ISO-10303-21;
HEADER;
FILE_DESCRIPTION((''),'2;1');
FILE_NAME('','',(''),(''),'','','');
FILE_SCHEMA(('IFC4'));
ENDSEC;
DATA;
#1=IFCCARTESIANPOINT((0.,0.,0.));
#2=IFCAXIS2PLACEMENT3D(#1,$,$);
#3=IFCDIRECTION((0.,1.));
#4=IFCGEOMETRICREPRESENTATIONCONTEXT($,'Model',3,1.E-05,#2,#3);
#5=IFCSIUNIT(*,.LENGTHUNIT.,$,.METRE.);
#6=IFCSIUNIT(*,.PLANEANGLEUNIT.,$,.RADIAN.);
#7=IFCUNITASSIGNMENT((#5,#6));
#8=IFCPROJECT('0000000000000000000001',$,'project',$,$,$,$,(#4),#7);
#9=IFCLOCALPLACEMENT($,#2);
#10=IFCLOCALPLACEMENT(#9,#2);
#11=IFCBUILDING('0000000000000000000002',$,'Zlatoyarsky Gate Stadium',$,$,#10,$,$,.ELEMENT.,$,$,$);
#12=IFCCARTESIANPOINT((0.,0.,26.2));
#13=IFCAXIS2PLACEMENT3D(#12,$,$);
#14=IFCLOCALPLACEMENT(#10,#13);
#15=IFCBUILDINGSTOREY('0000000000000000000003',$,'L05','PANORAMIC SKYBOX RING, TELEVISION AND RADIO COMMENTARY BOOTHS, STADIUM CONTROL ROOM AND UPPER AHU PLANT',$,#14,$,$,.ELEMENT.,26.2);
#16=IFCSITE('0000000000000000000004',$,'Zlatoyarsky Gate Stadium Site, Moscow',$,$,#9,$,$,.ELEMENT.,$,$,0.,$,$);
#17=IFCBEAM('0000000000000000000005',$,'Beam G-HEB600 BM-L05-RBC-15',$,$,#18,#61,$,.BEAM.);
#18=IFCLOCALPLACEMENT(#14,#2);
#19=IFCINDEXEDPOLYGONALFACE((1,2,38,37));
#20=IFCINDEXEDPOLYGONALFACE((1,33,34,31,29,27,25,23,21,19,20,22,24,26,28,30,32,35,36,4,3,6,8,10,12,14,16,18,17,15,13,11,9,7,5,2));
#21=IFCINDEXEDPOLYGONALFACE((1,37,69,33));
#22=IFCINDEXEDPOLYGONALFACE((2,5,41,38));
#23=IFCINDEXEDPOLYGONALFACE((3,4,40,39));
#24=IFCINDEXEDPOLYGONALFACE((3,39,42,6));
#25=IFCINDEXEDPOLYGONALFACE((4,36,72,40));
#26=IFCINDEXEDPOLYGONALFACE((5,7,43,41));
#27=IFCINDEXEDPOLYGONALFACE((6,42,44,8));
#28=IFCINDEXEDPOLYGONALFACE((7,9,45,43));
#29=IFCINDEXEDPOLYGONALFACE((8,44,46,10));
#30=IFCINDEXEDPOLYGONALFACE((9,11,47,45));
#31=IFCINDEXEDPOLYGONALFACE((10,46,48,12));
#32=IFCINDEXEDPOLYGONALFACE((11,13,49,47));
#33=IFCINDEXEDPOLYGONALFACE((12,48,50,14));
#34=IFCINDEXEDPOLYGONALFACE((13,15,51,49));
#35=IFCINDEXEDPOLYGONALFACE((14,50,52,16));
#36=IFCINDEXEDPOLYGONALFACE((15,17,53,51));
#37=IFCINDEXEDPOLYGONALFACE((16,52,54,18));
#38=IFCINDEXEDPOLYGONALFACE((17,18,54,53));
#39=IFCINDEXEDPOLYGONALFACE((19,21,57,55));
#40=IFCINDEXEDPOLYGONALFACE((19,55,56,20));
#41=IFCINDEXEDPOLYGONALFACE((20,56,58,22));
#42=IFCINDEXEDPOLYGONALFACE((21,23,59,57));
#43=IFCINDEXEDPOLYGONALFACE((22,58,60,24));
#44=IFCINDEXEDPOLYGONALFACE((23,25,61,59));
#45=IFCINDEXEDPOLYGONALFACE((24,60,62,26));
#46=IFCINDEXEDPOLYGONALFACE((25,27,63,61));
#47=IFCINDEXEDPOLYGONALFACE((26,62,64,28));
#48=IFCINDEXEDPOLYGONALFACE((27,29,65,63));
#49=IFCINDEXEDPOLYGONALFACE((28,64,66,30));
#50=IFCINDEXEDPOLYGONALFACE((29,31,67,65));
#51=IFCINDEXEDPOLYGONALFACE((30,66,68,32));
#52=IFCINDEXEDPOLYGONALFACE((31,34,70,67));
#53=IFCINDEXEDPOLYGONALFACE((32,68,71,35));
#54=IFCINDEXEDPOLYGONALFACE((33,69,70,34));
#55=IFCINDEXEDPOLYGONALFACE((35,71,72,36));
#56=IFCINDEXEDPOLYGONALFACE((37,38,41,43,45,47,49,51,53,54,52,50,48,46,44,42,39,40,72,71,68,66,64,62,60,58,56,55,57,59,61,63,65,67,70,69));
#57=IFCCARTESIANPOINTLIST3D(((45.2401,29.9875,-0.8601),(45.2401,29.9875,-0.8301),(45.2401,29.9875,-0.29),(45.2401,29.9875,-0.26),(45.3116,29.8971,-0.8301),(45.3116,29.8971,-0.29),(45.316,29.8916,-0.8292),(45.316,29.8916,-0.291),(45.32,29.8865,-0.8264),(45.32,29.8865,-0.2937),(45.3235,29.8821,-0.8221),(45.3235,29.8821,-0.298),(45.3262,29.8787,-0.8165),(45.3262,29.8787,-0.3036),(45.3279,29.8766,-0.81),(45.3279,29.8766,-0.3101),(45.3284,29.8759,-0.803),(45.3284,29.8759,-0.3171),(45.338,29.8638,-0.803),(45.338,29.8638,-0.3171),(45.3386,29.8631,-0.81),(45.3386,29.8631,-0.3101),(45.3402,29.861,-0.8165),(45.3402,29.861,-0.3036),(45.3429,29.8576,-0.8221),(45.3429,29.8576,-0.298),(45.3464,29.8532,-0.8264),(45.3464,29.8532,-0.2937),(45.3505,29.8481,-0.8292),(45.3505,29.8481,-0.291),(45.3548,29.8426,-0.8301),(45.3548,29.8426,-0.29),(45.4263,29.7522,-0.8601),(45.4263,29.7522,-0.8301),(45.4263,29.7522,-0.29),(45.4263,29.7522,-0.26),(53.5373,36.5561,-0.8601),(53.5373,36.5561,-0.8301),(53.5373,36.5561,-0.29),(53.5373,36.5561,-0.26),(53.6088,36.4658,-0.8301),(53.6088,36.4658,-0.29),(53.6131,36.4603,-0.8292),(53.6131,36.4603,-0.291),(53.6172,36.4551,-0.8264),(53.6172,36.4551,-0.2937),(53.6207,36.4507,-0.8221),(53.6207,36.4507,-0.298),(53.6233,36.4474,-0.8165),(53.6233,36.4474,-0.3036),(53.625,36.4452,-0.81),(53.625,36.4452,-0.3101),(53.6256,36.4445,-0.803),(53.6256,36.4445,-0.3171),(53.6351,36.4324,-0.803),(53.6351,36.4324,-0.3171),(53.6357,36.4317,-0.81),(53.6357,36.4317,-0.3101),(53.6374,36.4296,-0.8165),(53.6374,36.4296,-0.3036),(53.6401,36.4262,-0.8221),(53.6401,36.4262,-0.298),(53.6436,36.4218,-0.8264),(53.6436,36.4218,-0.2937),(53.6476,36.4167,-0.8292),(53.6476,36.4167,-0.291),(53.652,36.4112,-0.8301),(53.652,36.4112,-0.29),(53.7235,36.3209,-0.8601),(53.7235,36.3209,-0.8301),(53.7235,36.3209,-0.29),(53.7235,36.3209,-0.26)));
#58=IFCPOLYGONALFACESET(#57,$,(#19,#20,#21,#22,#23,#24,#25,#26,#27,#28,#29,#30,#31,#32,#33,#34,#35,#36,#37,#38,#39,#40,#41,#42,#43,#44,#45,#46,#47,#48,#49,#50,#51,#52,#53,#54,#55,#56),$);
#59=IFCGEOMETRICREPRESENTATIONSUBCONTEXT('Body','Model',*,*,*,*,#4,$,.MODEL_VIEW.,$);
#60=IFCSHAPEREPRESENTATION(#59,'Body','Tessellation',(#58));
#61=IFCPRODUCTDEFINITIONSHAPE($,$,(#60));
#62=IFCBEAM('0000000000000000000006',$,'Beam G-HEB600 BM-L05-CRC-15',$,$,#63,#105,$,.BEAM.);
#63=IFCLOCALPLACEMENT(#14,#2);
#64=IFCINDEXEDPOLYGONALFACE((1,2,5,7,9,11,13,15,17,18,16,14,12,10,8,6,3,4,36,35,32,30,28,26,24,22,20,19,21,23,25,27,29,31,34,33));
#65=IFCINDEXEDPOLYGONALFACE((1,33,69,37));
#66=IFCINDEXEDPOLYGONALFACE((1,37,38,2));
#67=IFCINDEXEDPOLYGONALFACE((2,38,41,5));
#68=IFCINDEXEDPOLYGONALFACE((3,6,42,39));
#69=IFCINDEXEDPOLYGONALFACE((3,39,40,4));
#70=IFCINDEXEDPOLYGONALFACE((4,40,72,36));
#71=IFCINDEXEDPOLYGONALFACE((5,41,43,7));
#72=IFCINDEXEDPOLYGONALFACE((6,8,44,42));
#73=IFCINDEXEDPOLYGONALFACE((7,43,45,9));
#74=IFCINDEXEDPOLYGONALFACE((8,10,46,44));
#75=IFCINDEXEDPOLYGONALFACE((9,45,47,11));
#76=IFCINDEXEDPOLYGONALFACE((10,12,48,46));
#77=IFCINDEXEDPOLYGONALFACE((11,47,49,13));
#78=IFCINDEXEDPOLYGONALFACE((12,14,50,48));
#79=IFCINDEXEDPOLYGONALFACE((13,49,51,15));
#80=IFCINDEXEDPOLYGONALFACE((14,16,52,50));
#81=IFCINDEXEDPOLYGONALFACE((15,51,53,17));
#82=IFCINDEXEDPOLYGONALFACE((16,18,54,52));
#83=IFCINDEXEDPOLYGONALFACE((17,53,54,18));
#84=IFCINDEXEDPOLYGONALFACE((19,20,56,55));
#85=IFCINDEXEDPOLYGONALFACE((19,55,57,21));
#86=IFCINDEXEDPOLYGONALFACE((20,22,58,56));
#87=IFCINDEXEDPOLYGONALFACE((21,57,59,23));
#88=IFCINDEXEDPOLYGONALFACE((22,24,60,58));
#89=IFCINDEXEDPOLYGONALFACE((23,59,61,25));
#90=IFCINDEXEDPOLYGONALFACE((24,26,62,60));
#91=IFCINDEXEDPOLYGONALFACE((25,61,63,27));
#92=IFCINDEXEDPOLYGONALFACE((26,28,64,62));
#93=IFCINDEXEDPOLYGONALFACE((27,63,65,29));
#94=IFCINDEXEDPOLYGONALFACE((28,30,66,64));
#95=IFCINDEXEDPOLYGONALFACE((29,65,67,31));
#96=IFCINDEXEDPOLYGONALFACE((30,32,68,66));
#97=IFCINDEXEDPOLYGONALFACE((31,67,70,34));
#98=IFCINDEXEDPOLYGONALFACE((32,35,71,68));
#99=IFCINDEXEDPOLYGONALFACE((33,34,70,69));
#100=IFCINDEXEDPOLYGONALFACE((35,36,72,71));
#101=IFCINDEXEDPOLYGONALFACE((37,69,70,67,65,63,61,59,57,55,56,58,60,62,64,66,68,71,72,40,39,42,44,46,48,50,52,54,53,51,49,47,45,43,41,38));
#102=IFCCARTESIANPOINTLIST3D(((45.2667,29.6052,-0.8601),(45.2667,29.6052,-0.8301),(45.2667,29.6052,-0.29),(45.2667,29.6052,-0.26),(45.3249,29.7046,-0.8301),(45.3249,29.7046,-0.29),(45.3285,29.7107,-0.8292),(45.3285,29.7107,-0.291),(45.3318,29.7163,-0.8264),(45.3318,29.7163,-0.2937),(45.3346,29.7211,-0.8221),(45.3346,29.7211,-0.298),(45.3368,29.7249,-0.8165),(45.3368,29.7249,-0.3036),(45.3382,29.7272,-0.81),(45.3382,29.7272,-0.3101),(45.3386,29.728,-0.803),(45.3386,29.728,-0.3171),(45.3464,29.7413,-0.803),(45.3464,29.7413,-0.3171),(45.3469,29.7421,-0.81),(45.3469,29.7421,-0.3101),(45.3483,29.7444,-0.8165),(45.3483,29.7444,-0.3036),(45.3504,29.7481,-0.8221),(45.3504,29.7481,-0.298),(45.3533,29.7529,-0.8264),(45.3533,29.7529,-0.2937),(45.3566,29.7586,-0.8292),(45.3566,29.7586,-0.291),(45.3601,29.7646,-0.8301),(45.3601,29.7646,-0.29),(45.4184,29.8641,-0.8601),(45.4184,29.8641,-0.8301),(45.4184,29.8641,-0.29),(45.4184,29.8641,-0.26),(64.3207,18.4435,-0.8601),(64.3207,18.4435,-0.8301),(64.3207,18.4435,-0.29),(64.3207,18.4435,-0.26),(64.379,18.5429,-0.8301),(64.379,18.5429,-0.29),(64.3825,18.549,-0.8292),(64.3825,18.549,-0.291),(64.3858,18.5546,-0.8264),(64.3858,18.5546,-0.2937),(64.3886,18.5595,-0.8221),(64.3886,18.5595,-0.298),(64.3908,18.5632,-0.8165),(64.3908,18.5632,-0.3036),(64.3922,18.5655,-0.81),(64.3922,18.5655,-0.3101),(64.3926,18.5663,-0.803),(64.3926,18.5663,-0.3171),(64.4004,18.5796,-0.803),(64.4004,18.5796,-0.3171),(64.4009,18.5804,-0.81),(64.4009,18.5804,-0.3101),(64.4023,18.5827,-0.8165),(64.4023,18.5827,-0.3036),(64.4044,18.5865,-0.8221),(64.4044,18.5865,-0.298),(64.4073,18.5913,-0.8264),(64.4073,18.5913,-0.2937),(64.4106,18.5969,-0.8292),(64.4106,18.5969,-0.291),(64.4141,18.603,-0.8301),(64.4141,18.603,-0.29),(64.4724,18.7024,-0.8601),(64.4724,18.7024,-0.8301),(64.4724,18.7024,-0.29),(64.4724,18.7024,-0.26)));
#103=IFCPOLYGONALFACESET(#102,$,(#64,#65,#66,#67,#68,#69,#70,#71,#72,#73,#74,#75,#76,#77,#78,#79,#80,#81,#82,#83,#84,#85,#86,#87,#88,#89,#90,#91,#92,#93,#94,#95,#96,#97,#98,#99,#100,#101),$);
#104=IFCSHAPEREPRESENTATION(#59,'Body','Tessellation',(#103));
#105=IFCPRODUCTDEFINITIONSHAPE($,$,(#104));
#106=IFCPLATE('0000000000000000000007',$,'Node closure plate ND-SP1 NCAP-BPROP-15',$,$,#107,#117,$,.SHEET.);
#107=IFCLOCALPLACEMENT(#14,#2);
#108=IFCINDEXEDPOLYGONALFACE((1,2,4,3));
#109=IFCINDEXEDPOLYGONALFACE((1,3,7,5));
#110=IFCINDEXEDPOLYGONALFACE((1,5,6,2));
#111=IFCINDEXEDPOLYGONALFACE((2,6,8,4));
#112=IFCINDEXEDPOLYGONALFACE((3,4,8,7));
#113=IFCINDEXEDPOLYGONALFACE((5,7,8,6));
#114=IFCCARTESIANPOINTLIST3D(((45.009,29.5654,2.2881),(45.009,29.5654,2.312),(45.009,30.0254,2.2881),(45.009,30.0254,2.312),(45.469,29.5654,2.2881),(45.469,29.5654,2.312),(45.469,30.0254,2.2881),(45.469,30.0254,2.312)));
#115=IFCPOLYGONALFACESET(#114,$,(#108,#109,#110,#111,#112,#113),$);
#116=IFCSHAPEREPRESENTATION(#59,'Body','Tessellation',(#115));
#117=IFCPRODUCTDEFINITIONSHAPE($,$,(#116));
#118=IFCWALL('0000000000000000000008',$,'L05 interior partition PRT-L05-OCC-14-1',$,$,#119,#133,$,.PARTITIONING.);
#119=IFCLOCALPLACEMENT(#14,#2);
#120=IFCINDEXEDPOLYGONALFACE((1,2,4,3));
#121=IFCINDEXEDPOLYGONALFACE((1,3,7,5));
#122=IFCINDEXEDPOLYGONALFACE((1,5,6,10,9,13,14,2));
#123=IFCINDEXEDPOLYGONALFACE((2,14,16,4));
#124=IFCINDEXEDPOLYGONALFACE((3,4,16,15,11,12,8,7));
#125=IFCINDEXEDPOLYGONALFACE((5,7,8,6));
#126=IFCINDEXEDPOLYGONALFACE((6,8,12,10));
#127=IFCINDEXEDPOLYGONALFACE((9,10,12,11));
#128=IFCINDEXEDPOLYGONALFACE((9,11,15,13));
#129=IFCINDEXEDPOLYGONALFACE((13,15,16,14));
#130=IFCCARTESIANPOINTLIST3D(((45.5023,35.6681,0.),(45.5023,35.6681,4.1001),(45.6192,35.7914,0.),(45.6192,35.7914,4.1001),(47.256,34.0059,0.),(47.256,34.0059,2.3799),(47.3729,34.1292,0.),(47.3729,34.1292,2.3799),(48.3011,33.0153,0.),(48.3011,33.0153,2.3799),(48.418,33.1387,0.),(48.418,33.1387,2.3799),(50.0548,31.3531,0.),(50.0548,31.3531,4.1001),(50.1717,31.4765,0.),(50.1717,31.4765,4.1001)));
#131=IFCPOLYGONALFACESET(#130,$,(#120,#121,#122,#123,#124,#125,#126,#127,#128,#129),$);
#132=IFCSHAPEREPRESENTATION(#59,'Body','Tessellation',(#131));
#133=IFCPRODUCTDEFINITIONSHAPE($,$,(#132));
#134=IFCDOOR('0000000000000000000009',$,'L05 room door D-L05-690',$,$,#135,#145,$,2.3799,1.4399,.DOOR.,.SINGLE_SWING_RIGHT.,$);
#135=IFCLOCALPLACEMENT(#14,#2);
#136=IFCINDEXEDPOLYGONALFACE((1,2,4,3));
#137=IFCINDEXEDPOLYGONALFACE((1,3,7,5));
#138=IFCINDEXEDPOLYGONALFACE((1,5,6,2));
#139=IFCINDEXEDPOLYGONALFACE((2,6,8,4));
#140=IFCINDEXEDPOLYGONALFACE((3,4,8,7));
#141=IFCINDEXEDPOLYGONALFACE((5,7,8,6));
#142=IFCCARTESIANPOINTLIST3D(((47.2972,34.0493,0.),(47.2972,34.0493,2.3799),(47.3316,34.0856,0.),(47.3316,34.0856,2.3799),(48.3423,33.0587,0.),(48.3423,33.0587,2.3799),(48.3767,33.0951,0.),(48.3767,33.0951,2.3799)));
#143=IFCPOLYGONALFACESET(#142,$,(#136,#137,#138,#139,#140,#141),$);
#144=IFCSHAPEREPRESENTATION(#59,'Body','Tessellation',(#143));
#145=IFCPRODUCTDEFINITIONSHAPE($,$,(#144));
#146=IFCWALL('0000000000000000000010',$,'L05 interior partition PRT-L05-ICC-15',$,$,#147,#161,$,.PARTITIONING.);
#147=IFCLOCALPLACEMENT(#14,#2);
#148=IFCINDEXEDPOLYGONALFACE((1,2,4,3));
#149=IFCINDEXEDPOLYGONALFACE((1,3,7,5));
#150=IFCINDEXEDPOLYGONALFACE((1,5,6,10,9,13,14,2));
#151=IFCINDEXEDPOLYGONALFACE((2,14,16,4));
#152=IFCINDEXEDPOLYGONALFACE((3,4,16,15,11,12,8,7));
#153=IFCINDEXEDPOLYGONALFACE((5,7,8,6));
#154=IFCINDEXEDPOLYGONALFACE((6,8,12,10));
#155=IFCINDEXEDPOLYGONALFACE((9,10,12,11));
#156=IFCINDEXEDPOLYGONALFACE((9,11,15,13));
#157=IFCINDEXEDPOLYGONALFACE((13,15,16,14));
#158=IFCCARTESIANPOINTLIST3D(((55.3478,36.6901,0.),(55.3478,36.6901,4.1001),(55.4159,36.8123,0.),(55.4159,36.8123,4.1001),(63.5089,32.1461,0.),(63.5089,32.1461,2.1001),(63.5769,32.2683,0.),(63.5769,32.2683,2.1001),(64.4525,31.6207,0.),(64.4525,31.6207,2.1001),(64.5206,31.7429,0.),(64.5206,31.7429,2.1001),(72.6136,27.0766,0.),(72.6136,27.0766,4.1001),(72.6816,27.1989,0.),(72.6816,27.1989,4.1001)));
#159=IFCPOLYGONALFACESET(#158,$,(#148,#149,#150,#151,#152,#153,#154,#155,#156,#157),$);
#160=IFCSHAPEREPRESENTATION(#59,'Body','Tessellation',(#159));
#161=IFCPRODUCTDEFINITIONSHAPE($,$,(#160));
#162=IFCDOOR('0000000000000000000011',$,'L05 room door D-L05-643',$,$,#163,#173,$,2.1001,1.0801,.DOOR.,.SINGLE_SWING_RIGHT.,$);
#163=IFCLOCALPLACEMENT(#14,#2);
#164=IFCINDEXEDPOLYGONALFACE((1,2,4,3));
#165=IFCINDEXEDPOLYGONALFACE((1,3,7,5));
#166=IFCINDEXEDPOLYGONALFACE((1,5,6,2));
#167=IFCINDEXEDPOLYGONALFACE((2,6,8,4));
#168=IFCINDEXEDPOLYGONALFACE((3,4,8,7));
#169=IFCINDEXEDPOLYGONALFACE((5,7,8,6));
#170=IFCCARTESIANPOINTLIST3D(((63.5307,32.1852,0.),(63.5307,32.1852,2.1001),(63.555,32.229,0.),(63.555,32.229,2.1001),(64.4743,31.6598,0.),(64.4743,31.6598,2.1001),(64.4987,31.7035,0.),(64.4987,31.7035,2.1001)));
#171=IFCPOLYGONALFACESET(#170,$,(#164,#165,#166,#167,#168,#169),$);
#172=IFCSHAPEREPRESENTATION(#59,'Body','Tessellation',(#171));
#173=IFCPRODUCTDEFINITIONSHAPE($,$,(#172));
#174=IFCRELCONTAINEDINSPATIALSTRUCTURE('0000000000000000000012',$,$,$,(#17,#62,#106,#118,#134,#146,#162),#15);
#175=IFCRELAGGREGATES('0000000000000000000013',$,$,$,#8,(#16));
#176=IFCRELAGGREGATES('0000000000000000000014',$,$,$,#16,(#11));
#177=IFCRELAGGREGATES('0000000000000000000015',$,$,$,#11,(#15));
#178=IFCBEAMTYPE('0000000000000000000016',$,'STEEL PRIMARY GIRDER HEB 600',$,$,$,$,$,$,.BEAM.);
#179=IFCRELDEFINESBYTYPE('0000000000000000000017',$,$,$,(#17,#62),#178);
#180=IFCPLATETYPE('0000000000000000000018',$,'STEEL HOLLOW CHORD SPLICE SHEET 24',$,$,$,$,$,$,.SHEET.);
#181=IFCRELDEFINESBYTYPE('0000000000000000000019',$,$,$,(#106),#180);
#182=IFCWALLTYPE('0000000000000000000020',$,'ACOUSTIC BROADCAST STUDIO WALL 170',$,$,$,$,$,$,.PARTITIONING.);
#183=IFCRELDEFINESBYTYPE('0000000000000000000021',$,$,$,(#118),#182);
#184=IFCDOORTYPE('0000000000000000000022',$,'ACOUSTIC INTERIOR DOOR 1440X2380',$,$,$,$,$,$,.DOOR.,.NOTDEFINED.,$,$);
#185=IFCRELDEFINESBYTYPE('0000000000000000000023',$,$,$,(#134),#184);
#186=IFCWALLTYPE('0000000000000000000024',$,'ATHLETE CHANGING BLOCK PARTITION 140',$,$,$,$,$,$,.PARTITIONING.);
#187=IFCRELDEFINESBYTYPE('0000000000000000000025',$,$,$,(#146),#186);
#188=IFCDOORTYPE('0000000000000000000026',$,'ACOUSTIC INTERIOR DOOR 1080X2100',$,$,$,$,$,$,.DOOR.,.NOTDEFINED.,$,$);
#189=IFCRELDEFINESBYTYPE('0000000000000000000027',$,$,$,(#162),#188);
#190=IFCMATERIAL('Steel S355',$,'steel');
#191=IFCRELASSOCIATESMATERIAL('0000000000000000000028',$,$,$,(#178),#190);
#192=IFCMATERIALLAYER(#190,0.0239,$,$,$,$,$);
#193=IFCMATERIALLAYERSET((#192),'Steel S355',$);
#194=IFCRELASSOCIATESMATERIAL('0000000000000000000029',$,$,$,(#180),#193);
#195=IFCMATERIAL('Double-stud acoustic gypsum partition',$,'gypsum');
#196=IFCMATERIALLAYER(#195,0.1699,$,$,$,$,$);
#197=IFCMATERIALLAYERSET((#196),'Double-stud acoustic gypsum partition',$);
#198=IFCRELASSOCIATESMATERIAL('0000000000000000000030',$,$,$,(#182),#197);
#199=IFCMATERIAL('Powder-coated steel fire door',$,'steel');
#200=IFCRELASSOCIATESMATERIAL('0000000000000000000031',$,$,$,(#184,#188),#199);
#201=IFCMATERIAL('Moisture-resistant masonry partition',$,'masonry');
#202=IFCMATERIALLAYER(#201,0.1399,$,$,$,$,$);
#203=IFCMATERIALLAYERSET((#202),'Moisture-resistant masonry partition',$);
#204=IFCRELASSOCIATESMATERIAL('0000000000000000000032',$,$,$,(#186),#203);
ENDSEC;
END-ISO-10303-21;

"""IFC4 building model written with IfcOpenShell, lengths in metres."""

from ifc_helpers import new_model, si_unit, direction, frame, frame_2d, origin, origin_2d, place, context, subcontext, project, spatial, rectangle, i_section, extrude, material, layer, layer_set, material_profile, profile_set, type_object, element, fill, save


model = new_model("IFC4")

# Units and contexts
model_context = context("Model", 3, precision=1e-05, world=origin(), true_north=direction((0.0, 1.0)))
body_context = subcontext(model_context, "Body", "Model", "MODEL_VIEW")
ifc_project = project(units=[si_unit("LENGTHUNIT", "METRE"), si_unit("PLANEANGLEUNIT", "RADIAN")], contexts=[model_context])

# Site, building, storey
site_placement = place(None, origin())
site = spatial("IfcSite", under=ifc_project, at=site_placement, Name="Zlatoyarsky Gate Stadium Site, Moscow", CompositionType="ELEMENT", RefElevation=0.0)
building_placement = place(site_placement, origin())
building = spatial("IfcBuilding", under=site, at=building_placement, Name="Zlatoyarsky Gate Stadium", CompositionType="ELEMENT")
storey_placement = place(building_placement, frame((0.0, 0.0, 26.2)))
storey = spatial("IfcBuildingStorey", under=building, at=storey_placement, Name="L05", Description="PANORAMIC SKYBOX RING, TELEVISION AND RADIO COMMENTARY BOOTHS, STADIUM CONTROL ROOM AND UPPER AHU PLANT", CompositionType="ELEMENT", Elevation=26.2)

# Shared definitions
ifc_material_1 = material(Name="Steel S355", Category="steel")

# Beams
ifc_material_profile_1 = material_profile(ifc_material_1, i_section(OverallWidth=0.3, OverallDepth=0.6001, WebThickness=0.0154, FlangeThickness=0.03, FilletRadius=0.0271, at=origin_2d()), Name="HEB 600")
ifc_profile_set_1 = profile_set([ifc_material_profile_1], Name="Steel S355")
beam_type_1 = type_object("IfcBeamType", Name="STEEL PRIMARY GIRDER HEB 600", PredefinedType="BEAM", material=ifc_profile_set_1)
beam_1_placement = place(storey_placement, frame((53.6304, 36.4385, -0.5601), z_axis=(-0.784043, -0.620706, 0.0), x_axis=(0.620706, -0.784043, 0.0)))
element("IfcBeam", 1, at=beam_1_placement, inside=storey, type_object=beam_type_1, Name="Beam G-HEB600 BM-L05-RBC-15", PredefinedType="BEAM", context=body_context, shape_type="SweptSolid", body=[
    extrude(i_section(OverallWidth=0.3, OverallDepth=0.6001, WebThickness=0.0154, FlangeThickness=0.03, FilletRadius=0.0271, at=origin_2d()), origin(), (0.0, 0.0, 1.0), 10.5825),
])
beam_2_placement = place(storey_placement, frame((45.3425, 29.7346, -0.5601), z_axis=(0.862855, -0.505452, 0.0), x_axis=(0.505452, 0.862855, 0.0)))
element("IfcBeam", 2, at=beam_2_placement, inside=storey, type_object=beam_type_1, Name="Beam G-HEB600 BM-L05-CRC-15", PredefinedType="BEAM", context=body_context, shape_type="SweptSolid", body=[
    extrude(i_section(OverallWidth=0.3, OverallDepth=0.6001, WebThickness=0.0154, FlangeThickness=0.03, FilletRadius=0.0271, at=origin_2d()), origin(), (0.0, 0.0, 1.0), 22.0825),
])

# Plate
ifc_layer_1 = layer(ifc_material_1, 0.0239)
ifc_layer_set_1 = layer_set([ifc_layer_1], Name="Steel S355")
plate_type = type_object("IfcPlateType", Name="STEEL HOLLOW CHORD SPLICE SHEET 24", PredefinedType="SHEET", material=ifc_layer_set_1)
plate_placement = place(storey_placement, frame((45.239, 29.7954, 2.2881), z_axis=(0.0, 0.0, 1.0), x_axis=(1.0, 0.0, 0.0)))
element("IfcPlate", 3, at=plate_placement, inside=storey, type_object=plate_type, Name="Node closure plate ND-SP1 NCAP-BPROP-15", PredefinedType="SHEET", context=body_context, shape_type="SweptSolid", body=[
    extrude(rectangle(XDim=0.46, YDim=0.46, at=origin_2d()), origin(), (0.0, 0.0, 1.0), 0.0239),
])

# Walls, openings, doors
ifc_material_2 = material(Name="Double-stud acoustic gypsum partition", Category="gypsum")
ifc_layer_2 = layer(ifc_material_2, 0.1699)
ifc_layer_set_2 = layer_set([ifc_layer_2], Name="Double-stud acoustic gypsum partition")
wall_type_1 = type_object("IfcWallType", Name="ACOUSTIC BROADCAST STUDIO WALL 170", PredefinedType="PARTITIONING", material=ifc_layer_set_2)
wall_1_placement = place(storey_placement, frame((45.5608, 35.7297, 0.0), z_axis=(0.0, 0.0, 1.0), x_axis=(0.725789, -0.687917, 0.0)))
wall_1 = element("IfcWall", 4, at=wall_1_placement, inside=storey, type_object=wall_type_1, Name="L05 interior partition PRT-L05-OCC-14-1", PredefinedType="PARTITIONING", context=body_context, shape_type="SweptSolid", body=[
    extrude(rectangle(XDim=6.2725, YDim=0.1699, at=frame_2d((3.1362, 0.0))), origin(), (0.0, 0.0, 1.0), 4.1001),
])
opening_1_placement = place(wall_1_placement, frame((2.4163, 0.0, 0.0)))
opening_1 = element("IfcOpeningElement", 5, at=opening_1_placement, cuts=wall_1, PredefinedType="OPENING", context=body_context, shape_type="SweptSolid", body=[
    extrude(rectangle(XDim=1.4399, YDim=2.3799, at=frame_2d((0.72, 1.1899))), frame((0.0, 0.095, 0.0), z_axis=(0.0, -1.0, 0.0), x_axis=(1.0, 0.0, 0.0)), (0.0, 0.0, 1.0), 0.1899),
])
ifc_material_3 = material(Name="Powder-coated steel fire door", Category="steel")
door_type_1 = type_object("IfcDoorType", Name="ACOUSTIC INTERIOR DOOR 1440X2380", OperationType="NOTDEFINED", PredefinedType="DOOR", material=ifc_material_3)
door_1_placement = place(opening_1_placement, origin())
door_1 = element("IfcDoor", 6, at=door_1_placement, inside=storey, type_object=door_type_1, Name="L05 room door D-L05-690", OperationType="SINGLE_SWING_RIGHT", OverallHeight=2.3799, OverallWidth=1.4399, PredefinedType="DOOR", context=body_context, shape_type="SweptSolid", body=[
    extrude(rectangle(XDim=1.4399, YDim=2.3799, at=frame_2d((0.72, 1.1899))), frame((0.0, 0.0249, 0.0), z_axis=(0.0, -1.0, 0.0), x_axis=(1.0, 0.0, 0.0)), (0.0, 0.0, 1.0), 0.05),
])
fill(opening_1, door_1)
ifc_material_4 = material(Name="Moisture-resistant masonry partition", Category="masonry")
ifc_layer_3 = layer(ifc_material_4, 0.1399)
ifc_layer_set_3 = layer_set([ifc_layer_3], Name="Moisture-resistant masonry partition")
wall_type_2 = type_object("IfcWallType", Name="ATHLETE CHANGING BLOCK PARTITION 140", PredefinedType="PARTITIONING", material=ifc_layer_set_3)
wall_2_placement = place(storey_placement, frame((55.3818, 36.7512, 0.0), z_axis=(0.0, 0.0, 1.0), x_axis=(0.873698, -0.486469, 0.0)))
wall_2 = element("IfcWall", 7, at=wall_2_placement, inside=storey, type_object=wall_type_2, Name="L05 interior partition PRT-L05-ICC-15", PredefinedType="PARTITIONING", context=body_context, shape_type="SweptSolid", body=[
    extrude(rectangle(XDim=19.7617, YDim=0.1399, at=frame_2d((9.8809, 0.0))), origin(), (0.0, 0.0, 1.0), 4.1001),
])
opening_2_placement = place(wall_2_placement, frame((9.3408, 0.0, 0.0)))
opening_2 = element("IfcOpeningElement", 8, at=opening_2_placement, cuts=wall_2, PredefinedType="OPENING", context=body_context, shape_type="SweptSolid", body=[
    extrude(rectangle(XDim=1.0801, YDim=2.1001, at=frame_2d((0.54, 1.05))), frame((0.0, 0.0798, 0.0), z_axis=(0.0, -1.0, 0.0), x_axis=(1.0, 0.0, 0.0)), (0.0, 0.0, 1.0), 0.1599),
])
door_type_2 = type_object("IfcDoorType", Name="ACOUSTIC INTERIOR DOOR 1080X2100", OperationType="NOTDEFINED", PredefinedType="DOOR", material=ifc_material_3)
door_2_placement = place(opening_2_placement, origin())
door_2 = element("IfcDoor", 9, at=door_2_placement, inside=storey, type_object=door_type_2, Name="L05 room door D-L05-643", OperationType="SINGLE_SWING_RIGHT", OverallHeight=2.1001, OverallWidth=1.0801, PredefinedType="DOOR", context=body_context, shape_type="SweptSolid", body=[
    extrude(rectangle(XDim=1.0801, YDim=2.1001, at=frame_2d((0.54, 1.05))), frame((0.0, 0.0249, 0.0), z_axis=(0.0, -1.0, 0.0), x_axis=(1.0, 0.0, 0.0)), (0.0, 0.0, 1.0), 0.05),
])
fill(opening_2, door_2)

save(model, "model.ifc")
